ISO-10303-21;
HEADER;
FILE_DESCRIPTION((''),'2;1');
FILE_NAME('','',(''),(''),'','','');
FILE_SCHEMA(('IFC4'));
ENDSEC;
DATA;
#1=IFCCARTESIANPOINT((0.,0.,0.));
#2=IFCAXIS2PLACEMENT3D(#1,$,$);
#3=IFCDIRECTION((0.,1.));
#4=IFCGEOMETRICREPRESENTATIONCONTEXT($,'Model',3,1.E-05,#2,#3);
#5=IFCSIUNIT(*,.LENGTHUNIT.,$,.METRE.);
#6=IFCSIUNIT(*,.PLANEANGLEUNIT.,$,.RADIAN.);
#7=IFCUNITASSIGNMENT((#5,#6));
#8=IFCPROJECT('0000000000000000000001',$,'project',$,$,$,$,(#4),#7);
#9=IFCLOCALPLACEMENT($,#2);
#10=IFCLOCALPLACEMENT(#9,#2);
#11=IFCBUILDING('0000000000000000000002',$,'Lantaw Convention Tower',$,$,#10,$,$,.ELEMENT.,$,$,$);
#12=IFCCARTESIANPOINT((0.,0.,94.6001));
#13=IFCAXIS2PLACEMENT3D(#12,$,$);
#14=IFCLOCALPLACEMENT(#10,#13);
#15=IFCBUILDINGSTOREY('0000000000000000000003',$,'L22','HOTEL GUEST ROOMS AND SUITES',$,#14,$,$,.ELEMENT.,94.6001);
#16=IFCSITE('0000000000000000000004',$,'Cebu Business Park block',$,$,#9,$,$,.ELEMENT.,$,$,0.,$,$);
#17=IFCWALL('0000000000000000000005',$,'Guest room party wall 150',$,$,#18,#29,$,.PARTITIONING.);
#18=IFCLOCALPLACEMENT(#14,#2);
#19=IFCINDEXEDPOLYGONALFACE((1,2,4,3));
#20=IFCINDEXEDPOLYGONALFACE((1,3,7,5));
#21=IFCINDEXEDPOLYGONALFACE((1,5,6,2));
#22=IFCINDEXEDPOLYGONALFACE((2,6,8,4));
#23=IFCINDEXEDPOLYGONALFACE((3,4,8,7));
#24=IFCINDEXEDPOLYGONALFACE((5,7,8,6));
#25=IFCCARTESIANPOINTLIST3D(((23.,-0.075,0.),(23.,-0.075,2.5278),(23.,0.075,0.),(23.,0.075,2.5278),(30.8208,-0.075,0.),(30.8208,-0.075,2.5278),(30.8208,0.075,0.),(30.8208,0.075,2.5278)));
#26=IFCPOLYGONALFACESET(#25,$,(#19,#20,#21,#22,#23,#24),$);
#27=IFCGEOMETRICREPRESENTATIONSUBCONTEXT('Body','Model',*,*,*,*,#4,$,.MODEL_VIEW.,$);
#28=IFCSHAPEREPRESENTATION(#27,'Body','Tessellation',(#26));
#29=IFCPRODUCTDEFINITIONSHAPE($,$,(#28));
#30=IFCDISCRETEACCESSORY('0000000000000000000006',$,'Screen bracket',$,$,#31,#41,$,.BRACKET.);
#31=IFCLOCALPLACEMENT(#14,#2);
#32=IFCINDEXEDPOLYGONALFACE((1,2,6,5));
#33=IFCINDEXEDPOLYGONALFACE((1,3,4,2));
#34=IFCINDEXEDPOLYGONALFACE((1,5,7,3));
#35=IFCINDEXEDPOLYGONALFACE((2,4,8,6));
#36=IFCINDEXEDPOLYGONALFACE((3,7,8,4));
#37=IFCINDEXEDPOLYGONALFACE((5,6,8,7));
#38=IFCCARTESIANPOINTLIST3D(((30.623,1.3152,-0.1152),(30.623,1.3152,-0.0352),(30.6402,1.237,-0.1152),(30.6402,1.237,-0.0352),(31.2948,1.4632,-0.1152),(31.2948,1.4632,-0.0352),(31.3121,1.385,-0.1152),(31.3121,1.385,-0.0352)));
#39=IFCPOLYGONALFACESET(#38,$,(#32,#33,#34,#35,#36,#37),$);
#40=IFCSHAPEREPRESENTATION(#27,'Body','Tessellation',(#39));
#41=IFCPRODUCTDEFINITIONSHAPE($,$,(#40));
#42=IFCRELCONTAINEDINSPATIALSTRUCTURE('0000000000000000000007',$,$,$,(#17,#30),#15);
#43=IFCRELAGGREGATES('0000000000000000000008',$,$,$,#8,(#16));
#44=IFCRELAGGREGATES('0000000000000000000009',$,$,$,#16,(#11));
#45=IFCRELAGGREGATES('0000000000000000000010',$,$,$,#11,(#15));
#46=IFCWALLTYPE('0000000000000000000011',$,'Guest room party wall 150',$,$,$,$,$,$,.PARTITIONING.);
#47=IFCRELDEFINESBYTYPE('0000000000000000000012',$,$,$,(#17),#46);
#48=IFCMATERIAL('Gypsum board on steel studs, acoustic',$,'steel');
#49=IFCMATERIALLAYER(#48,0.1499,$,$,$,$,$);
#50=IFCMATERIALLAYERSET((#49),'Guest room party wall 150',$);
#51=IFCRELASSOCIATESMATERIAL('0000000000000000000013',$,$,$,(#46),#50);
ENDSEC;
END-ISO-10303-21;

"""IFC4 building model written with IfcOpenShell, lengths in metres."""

from ifc_helpers import new_model, si_unit, direction, frame, frame_2d, origin, origin_2d, place, context, subcontext, project, spatial, rectangle, extrude, material, layer, layer_set, type_object, element, save


model = new_model("IFC4")

# Units and contexts
model_context = context("Model", 3, precision=1e-05, world=origin(), true_north=direction((0.0, 1.0)))
body_context = subcontext(model_context, "Body", "Model", "MODEL_VIEW")
ifc_project = project(units=[si_unit("LENGTHUNIT", "METRE"), si_unit("PLANEANGLEUNIT", "RADIAN")], contexts=[model_context])

# Site, building, storey
site_placement = place(None, origin())
site = spatial("IfcSite", under=ifc_project, at=site_placement, Name="Cebu Business Park block", CompositionType="ELEMENT", RefElevation=0.0)
building_placement = place(site_placement, origin())
building = spatial("IfcBuilding", under=site, at=building_placement, Name="Lantaw Convention Tower", CompositionType="ELEMENT")
storey_placement = place(building_placement, frame((0.0, 0.0, 94.6001)))
storey = spatial("IfcBuildingStorey", under=building, at=storey_placement, Name="L22", Description="HOTEL GUEST ROOMS AND SUITES", CompositionType="ELEMENT", Elevation=94.6001)

# Wall
ifc_material_1 = material(Name="Gypsum board on steel studs, acoustic", Category="steel")
ifc_layer_1 = layer(ifc_material_1, 0.1499)
ifc_layer_set_1 = layer_set([ifc_layer_1], Name="Guest room party wall 150")
wall_type_1 = type_object("IfcWallType", Name="Guest room party wall 150", PredefinedType="PARTITIONING", material=ifc_layer_set_1)
wall_1_placement = place(storey_placement, frame((30.8208, 0.0, 0.0), z_axis=(0.0, 0.0, 1.0), x_axis=(-1.0, 0.0, 0.0)))
element("IfcWall", 1, at=wall_1_placement, inside=storey, type_object=wall_type_1, Name="Guest room party wall 150", PredefinedType="PARTITIONING", context=body_context, shape_type="SweptSolid", body=[
    extrude(rectangle(XDim=7.8208, YDim=0.1499, at=frame_2d((3.9104, 0.0))), origin(), (0.0, 0.0, 1.0), 2.5278),
])

# Discrete accessory
discrete_accessory_placement = place(storey_placement, frame((30.9675, 1.3501, -0.1152), z_axis=(0.0, 0.0, 1.0), x_axis=(-0.215246, 0.97656, 0.0)))
element("IfcDiscreteAccessory", 2, at=discrete_accessory_placement, inside=storey, Name="Screen bracket", PredefinedType="BRACKET", context=body_context, shape_type="SweptSolid", body=[
    extrude(rectangle(XDim=0.0801, YDim=0.688, at=origin_2d()), origin(), (0.0, 0.0, 1.0), 0.0801),
])

save(model, "model.ifc")
